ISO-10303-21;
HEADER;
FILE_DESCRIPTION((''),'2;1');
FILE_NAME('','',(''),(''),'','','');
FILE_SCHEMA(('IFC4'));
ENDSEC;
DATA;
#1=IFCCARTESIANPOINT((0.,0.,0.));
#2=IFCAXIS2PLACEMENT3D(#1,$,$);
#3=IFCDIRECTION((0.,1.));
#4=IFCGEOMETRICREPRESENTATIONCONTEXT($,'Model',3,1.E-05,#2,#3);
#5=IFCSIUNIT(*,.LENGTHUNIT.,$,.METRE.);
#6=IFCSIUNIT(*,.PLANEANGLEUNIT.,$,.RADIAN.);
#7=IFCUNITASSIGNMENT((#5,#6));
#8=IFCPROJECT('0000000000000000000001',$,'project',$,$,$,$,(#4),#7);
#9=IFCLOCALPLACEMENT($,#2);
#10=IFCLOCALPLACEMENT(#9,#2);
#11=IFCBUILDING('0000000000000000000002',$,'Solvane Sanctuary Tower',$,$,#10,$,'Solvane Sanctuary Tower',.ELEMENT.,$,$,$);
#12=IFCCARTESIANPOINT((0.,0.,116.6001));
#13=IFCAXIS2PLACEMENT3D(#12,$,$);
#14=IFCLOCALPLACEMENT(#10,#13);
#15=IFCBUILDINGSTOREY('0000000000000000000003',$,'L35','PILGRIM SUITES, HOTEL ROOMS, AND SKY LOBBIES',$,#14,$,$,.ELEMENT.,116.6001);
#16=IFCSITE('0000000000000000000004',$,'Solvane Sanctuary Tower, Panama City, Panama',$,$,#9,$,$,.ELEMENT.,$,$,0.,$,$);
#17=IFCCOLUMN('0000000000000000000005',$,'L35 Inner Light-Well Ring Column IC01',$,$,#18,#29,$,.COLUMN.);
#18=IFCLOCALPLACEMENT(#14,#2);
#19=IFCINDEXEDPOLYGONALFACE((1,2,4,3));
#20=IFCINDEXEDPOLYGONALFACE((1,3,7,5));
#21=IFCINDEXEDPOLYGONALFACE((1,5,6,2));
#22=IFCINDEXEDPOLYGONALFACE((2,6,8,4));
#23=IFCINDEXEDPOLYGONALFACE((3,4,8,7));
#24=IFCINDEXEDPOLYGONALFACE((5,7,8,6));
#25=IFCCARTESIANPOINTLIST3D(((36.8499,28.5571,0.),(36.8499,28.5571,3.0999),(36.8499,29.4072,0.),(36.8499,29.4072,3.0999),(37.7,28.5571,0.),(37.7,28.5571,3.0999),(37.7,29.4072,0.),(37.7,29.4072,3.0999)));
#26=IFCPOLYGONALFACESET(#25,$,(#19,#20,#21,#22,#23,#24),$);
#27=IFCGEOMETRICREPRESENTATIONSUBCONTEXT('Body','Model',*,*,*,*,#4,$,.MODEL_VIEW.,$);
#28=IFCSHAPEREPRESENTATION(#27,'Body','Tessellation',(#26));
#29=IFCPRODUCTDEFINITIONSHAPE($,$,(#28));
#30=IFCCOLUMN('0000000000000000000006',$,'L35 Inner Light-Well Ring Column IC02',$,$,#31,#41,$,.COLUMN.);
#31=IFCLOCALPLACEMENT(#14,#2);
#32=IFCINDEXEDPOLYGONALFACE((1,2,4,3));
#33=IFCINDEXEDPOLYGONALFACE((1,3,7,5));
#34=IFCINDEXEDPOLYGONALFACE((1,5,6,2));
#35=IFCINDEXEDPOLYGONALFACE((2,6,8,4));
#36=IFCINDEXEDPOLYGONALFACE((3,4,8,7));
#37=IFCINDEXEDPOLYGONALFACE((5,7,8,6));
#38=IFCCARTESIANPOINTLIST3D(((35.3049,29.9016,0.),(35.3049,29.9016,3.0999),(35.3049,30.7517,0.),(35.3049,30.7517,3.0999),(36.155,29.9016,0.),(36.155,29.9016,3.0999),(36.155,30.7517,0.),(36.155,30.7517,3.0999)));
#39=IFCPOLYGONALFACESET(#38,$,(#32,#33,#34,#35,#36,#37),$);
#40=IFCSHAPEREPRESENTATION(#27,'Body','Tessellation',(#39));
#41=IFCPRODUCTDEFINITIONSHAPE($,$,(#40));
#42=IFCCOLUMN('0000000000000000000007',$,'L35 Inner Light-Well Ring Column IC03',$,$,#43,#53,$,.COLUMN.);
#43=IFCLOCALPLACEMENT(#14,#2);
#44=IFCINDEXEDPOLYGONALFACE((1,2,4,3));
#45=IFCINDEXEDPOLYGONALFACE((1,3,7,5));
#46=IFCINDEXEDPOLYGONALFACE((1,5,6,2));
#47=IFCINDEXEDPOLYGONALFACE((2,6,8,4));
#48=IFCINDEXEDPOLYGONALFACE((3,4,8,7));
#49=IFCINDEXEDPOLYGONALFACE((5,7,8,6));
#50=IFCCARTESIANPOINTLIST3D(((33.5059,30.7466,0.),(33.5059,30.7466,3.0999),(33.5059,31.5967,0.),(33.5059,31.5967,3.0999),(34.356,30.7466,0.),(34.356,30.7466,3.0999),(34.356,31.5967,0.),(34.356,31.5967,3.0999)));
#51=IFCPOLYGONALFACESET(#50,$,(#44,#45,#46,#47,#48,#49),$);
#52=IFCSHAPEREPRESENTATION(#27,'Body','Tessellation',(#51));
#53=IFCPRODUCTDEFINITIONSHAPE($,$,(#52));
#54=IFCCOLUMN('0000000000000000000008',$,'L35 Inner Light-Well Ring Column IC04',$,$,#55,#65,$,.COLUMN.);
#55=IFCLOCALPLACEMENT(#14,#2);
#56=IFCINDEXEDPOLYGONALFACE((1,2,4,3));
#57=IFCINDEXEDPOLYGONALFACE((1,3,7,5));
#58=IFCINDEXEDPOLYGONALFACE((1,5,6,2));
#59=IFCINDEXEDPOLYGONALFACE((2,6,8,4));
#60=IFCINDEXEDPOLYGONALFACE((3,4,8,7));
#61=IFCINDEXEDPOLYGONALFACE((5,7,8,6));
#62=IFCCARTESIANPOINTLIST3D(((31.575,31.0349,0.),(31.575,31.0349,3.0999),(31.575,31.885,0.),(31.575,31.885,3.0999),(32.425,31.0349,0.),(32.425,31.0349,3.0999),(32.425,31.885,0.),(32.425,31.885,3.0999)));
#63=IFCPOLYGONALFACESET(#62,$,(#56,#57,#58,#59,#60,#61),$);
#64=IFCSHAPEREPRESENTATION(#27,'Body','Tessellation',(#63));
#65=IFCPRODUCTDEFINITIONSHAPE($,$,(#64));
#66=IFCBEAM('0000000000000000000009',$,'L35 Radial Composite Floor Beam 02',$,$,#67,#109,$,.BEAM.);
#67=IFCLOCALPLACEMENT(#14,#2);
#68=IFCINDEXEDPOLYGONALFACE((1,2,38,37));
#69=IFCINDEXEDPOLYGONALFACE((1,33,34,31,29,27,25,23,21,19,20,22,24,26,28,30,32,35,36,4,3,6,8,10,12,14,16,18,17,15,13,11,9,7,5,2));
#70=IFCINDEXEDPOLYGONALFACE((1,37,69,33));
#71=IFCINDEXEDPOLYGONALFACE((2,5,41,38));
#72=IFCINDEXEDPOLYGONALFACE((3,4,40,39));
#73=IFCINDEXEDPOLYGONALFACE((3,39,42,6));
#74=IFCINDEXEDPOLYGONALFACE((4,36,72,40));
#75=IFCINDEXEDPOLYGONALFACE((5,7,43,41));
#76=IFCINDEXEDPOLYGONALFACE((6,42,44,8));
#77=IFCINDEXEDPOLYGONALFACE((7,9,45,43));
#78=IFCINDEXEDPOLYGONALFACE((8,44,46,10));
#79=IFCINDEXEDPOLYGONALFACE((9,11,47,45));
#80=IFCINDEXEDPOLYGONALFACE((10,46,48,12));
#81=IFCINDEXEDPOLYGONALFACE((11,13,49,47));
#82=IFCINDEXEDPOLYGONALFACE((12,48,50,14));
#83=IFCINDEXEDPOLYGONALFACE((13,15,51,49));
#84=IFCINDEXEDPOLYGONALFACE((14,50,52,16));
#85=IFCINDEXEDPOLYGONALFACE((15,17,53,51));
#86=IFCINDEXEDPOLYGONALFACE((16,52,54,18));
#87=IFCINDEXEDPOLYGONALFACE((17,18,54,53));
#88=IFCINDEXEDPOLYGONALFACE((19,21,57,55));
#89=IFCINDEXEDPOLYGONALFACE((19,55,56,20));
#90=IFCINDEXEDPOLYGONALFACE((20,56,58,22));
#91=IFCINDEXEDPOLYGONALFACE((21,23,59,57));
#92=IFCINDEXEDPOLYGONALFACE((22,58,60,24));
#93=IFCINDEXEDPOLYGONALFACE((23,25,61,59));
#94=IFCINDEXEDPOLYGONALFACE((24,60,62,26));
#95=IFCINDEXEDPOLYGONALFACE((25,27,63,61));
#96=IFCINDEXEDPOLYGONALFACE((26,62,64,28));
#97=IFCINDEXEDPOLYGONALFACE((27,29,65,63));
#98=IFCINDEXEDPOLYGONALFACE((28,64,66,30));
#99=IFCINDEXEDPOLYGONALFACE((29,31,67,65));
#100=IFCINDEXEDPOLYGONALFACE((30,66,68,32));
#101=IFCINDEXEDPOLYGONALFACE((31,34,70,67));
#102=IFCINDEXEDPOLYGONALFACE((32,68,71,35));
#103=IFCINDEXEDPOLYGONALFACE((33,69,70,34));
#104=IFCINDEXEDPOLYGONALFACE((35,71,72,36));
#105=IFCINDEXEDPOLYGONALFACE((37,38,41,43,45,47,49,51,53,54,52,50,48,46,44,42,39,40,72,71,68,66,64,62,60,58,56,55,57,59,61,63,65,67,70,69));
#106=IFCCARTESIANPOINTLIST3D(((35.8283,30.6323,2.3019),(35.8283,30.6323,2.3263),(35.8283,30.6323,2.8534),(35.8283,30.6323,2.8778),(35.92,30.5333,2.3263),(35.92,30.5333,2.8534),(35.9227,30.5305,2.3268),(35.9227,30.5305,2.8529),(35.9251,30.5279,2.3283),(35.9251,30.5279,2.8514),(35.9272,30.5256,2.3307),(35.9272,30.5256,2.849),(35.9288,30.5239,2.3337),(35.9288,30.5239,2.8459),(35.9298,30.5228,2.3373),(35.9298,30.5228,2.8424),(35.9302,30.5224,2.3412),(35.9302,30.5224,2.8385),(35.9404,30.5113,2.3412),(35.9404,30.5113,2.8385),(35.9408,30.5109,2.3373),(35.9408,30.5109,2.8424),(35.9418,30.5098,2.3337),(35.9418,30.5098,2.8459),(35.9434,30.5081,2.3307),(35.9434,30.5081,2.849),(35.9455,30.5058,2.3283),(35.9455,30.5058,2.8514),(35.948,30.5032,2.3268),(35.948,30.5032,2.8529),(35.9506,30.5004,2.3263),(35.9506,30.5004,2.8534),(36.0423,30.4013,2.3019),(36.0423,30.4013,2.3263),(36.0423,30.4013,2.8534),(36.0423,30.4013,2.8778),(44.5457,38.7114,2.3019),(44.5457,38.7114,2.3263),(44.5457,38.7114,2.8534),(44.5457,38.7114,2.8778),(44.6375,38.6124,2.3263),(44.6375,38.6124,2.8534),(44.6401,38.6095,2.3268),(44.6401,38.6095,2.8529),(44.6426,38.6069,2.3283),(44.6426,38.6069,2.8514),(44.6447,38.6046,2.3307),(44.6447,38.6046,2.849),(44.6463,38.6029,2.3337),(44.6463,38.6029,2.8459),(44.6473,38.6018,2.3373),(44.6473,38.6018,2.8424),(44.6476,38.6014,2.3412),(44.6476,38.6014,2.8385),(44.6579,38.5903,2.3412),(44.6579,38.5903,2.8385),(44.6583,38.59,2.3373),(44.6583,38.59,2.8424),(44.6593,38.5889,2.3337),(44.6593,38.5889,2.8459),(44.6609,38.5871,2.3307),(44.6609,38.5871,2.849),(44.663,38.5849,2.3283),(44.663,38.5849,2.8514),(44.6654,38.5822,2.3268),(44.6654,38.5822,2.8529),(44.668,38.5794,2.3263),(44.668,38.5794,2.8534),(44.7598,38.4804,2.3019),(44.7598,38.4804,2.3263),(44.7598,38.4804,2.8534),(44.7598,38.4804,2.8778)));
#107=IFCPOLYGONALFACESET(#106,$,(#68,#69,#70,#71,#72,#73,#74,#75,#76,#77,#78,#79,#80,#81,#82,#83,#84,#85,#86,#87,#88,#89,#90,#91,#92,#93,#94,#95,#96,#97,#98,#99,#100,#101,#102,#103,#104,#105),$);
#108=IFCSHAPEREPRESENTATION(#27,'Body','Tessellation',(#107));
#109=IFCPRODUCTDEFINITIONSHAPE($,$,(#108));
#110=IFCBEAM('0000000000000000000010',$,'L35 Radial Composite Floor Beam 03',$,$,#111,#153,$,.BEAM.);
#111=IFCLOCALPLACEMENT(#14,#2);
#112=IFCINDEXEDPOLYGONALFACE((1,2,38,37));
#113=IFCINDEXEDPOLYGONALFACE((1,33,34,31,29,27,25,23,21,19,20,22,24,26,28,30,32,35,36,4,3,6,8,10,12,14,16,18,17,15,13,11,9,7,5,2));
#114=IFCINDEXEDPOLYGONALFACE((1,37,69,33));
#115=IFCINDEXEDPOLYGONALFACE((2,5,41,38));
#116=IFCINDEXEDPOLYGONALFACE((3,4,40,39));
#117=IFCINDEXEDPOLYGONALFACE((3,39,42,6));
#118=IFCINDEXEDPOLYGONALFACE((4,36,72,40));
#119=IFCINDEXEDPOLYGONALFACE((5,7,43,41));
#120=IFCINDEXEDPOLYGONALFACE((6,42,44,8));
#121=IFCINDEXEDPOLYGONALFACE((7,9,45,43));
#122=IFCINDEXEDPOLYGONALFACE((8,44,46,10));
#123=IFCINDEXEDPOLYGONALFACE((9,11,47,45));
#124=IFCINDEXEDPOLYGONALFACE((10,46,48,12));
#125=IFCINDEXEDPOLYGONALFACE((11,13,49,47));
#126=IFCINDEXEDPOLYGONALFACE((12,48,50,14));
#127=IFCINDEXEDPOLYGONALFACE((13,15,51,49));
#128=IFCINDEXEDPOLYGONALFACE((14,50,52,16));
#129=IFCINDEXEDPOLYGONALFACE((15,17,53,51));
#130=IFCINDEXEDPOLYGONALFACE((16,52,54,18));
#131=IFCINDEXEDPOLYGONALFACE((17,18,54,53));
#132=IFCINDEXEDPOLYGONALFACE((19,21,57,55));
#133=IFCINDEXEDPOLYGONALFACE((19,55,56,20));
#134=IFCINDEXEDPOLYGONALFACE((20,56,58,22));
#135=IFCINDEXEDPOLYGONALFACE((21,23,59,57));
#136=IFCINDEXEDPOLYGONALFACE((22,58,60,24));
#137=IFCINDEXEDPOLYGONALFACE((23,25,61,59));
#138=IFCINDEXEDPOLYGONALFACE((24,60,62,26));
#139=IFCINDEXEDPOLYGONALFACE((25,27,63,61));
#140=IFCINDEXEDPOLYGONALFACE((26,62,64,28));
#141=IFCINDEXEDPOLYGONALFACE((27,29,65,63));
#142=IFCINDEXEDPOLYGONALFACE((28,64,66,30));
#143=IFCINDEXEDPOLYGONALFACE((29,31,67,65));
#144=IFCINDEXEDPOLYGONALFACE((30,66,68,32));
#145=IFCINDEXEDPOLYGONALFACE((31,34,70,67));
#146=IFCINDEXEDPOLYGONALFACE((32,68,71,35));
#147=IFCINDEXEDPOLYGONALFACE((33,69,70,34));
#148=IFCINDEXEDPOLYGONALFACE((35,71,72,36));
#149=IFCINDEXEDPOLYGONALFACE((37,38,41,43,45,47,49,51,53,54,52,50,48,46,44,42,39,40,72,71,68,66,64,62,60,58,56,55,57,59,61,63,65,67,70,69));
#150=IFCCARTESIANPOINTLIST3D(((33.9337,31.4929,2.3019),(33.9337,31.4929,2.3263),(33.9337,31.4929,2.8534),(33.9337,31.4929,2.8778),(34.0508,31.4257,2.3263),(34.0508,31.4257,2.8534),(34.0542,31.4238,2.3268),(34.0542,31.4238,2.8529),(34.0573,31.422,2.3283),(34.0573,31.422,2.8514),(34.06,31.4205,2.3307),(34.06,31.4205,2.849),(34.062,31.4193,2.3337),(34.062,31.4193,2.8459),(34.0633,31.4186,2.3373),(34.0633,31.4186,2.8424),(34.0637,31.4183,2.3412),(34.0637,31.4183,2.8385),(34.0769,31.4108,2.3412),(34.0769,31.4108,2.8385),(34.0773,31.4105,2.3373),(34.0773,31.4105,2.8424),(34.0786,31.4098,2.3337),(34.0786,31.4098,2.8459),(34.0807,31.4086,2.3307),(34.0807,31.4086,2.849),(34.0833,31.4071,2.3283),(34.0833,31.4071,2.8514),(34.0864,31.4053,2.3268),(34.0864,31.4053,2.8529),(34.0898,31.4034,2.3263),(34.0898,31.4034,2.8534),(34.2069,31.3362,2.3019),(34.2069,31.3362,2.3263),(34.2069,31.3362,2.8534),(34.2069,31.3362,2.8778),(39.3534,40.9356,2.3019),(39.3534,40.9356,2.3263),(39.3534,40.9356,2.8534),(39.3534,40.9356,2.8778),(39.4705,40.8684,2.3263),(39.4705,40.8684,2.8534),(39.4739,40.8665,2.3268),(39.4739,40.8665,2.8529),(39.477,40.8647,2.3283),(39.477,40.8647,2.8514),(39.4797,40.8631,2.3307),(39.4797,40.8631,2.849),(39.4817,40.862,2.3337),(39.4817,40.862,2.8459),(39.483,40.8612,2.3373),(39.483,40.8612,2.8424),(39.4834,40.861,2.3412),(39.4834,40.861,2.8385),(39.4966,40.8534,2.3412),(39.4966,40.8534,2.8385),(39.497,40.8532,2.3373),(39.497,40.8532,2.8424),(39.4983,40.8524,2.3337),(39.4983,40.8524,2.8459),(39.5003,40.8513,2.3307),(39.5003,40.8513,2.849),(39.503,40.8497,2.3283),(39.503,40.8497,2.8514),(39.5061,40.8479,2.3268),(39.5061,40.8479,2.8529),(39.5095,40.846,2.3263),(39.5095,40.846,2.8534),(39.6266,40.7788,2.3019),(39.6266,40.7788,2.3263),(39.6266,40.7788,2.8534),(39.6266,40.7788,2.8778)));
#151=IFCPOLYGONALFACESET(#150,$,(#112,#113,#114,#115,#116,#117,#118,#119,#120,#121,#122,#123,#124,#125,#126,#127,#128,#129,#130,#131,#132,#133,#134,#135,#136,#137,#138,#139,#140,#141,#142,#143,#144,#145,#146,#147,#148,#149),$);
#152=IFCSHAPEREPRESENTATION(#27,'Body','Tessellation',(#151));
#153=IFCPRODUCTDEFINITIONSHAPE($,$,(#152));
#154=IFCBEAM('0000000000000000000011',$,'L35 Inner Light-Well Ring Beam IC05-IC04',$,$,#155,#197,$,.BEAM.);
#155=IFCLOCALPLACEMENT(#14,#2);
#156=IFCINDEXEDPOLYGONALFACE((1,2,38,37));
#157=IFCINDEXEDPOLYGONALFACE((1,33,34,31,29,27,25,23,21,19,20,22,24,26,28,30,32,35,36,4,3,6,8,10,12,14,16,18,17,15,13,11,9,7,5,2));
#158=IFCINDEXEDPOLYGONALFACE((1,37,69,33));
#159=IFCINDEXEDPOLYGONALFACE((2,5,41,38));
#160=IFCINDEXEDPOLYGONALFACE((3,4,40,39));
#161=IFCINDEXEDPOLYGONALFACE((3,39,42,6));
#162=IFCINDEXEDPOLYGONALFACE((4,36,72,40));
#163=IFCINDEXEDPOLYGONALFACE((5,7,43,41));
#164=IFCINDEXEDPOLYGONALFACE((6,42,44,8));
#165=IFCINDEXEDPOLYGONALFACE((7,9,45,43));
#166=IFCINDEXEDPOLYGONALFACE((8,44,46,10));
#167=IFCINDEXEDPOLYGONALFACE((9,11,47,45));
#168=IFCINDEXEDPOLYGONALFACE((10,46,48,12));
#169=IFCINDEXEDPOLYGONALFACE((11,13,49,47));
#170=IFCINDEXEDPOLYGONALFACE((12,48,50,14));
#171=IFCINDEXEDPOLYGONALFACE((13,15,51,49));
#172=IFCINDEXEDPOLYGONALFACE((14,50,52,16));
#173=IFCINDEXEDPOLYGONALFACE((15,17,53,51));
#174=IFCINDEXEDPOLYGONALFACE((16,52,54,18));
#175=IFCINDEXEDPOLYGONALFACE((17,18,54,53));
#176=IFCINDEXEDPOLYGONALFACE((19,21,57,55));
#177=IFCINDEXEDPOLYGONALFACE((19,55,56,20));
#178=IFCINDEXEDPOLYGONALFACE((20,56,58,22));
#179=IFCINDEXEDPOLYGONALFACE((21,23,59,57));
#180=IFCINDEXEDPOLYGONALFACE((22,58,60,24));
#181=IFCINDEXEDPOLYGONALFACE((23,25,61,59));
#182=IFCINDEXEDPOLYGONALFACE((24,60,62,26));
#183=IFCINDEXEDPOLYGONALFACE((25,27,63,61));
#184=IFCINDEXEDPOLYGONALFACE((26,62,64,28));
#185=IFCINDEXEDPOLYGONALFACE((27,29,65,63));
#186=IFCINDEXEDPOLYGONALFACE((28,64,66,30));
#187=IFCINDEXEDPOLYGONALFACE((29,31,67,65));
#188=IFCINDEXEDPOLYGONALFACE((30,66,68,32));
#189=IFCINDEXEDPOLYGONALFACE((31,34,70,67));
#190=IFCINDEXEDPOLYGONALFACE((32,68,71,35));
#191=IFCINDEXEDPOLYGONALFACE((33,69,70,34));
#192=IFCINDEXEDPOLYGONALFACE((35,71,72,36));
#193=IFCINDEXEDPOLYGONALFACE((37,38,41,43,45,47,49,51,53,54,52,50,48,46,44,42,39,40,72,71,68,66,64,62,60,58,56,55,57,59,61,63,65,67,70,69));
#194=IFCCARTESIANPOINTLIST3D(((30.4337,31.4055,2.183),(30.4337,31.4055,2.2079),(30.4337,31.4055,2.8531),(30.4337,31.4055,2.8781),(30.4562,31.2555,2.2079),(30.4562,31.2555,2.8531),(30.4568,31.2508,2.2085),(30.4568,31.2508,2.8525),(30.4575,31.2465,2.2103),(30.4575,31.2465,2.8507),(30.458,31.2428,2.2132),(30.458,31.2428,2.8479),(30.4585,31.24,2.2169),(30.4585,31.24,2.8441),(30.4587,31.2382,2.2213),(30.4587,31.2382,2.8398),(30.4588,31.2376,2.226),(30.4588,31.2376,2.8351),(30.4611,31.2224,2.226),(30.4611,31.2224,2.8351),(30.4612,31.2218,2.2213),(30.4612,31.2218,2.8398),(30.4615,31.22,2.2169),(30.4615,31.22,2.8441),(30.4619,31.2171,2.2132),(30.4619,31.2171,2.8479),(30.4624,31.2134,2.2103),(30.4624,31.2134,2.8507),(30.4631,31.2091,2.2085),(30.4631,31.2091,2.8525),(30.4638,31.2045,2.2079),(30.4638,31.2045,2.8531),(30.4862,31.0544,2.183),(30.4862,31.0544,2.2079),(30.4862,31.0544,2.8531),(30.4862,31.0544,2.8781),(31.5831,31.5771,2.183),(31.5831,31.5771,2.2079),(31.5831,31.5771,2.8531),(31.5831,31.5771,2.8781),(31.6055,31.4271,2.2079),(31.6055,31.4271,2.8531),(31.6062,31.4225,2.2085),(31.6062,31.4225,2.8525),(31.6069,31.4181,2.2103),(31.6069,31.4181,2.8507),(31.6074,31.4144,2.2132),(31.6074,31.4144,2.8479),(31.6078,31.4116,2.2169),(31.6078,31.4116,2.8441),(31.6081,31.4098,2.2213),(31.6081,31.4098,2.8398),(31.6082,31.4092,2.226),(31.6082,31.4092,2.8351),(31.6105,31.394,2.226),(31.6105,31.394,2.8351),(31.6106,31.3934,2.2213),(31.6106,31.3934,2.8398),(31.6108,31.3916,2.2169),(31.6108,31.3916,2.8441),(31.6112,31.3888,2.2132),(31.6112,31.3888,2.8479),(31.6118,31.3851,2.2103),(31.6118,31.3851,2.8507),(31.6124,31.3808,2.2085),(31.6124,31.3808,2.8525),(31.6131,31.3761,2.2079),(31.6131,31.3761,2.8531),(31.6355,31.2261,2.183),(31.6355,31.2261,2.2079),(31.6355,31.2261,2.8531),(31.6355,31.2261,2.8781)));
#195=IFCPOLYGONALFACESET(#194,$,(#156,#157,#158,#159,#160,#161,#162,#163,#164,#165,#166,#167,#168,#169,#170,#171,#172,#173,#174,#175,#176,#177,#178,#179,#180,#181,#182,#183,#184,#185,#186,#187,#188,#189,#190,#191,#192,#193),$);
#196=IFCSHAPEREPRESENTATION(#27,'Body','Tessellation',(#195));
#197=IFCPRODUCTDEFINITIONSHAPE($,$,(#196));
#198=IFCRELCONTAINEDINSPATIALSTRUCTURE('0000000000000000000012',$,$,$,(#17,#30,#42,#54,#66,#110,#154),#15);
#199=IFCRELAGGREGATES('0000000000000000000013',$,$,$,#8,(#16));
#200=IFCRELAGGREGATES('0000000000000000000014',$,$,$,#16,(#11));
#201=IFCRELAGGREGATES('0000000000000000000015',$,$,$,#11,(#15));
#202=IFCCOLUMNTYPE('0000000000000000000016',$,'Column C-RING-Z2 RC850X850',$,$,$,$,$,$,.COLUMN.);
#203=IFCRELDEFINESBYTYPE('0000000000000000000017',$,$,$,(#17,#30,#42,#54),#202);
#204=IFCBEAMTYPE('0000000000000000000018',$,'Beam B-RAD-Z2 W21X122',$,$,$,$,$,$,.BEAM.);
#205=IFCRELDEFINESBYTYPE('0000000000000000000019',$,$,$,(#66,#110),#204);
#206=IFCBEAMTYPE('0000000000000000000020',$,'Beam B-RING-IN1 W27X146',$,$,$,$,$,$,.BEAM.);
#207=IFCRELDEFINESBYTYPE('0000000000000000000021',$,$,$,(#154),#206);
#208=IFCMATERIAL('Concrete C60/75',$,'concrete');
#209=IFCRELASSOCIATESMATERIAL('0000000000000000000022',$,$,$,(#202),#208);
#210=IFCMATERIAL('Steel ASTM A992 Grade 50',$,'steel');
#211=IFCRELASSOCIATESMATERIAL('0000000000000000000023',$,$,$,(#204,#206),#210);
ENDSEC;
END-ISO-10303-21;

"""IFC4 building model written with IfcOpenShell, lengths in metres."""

from ifc_helpers import new_model, si_unit, direction, frame, origin, origin_2d, place, context, subcontext, project, spatial, rectangle, i_section, extrude, material, material_profile, profile_set, type_object, element, save


model = new_model("IFC4")

# Units and contexts
model_context = context("Model", 3, precision=1e-05, world=origin(), true_north=direction((0.0, 1.0)))
body_context = subcontext(model_context, "Body", "Model", "MODEL_VIEW")
ifc_project = project(units=[si_unit("LENGTHUNIT", "METRE"), si_unit("PLANEANGLEUNIT", "RADIAN")], contexts=[model_context])

# Site, building, storey
site_placement = place(None, origin())
site = spatial("IfcSite", under=ifc_project, at=site_placement, Name="Solvane Sanctuary Tower, Panama City, Panama", CompositionType="ELEMENT", RefElevation=0.0)
building_placement = place(site_placement, origin())
building = spatial("IfcBuilding", under=site, at=building_placement, Name="Solvane Sanctuary Tower", LongName="Solvane Sanctuary Tower", CompositionType="ELEMENT")
storey_placement = place(building_placement, frame((0.0, 0.0, 116.6001)))
storey = spatial("IfcBuildingStorey", under=building, at=storey_placement, Name="L35", Description="PILGRIM SUITES, HOTEL ROOMS, AND SKY LOBBIES", CompositionType="ELEMENT", Elevation=116.6001)

# Columns
ifc_material_1 = material(Name="Concrete C60/75", Category="concrete")
ifc_material_profile_1 = material_profile(ifc_material_1, rectangle(XDim=0.8501, YDim=0.8501, at=origin_2d()), Name="RC850X850")
ifc_profile_set_1 = profile_set([ifc_material_profile_1], Name="Concrete C60/75")
column_type = type_object("IfcColumnType", Name="Column C-RING-Z2 RC850X850", PredefinedType="COLUMN", material=ifc_profile_set_1)
for number, where, z_axis, x_axis, name in (
    (1, (37.2749, 28.9822, 0.0), (0.0, 0.0, 1.0), (1.0, 0.0, 0.0), "L35 Inner Light-Well Ring Column IC01"),
    (2, (35.73, 30.3267, 0.0), (0.0, 0.0, 1.0), (1.0, 0.0, 0.0), "L35 Inner Light-Well Ring Column IC02"),
    (3, (33.9309, 31.1716, 0.0), (0.0, 0.0, 1.0), (1.0, 0.0, 0.0), "L35 Inner Light-Well Ring Column IC03"),
    (4, (32.0, 31.46, 0.0), (0.0, 0.0, 1.0), (1.0, 0.0, 0.0), "L35 Inner Light-Well Ring Column IC04"),
):
    element("IfcColumn", number, at=place(storey_placement, frame(where, z_axis=z_axis, x_axis=x_axis)), inside=storey, type_object=column_type, Name=name, PredefinedType="COLUMN", context=body_context, shape_type="SweptSolid", body=[
        extrude(rectangle(XDim=0.8501, YDim=0.8501, at=origin_2d()), origin(), (0.0, 0.0, 1.0), 3.0999),
    ])

# Beams
ifc_material_2 = material(Name="Steel ASTM A992 Grade 50", Category="steel")
ifc_material_profile_2 = material_profile(ifc_material_2, i_section(OverallWidth=0.3149, OverallDepth=0.5759, WebThickness=0.0151, FlangeThickness=0.0244, FilletRadius=0.0149, at=origin_2d()), Name="W21X122")
ifc_profile_set_2 = profile_set([ifc_material_profile_2], Name="Steel ASTM A992 Grade 50")
beam_type_1 = type_object("IfcBeamType", Name="Beam B-RAD-Z2 W21X122", PredefinedType="BEAM", material=ifc_profile_set_2)
beam_1_placement = place(storey_placement, frame((35.9353, 30.5168, 2.5898), z_axis=(0.733454, 0.679739, 0.0), x_axis=(-0.679739, 0.733454, 0.0)))
element("IfcBeam", 5, at=beam_1_placement, inside=storey, type_object=beam_type_1, Name="L35 Radial Composite Floor Beam 02", PredefinedType="BEAM", context=body_context, shape_type="SweptSolid", body=[
    extrude(i_section(OverallWidth=0.3149, OverallDepth=0.5759, WebThickness=0.0151, FlangeThickness=0.0244, FilletRadius=0.0149, at=origin_2d()), origin(), (0.0, 0.0, 1.0), 11.8855),
])
beam_2_placement = place(storey_placement, frame((34.0703, 31.4146, 2.5898), z_axis=(0.497792, 0.867296, 0.0), x_axis=(-0.867296, 0.497792, 0.0)))
element("IfcBeam", 6, at=beam_2_placement, inside=storey, type_object=beam_type_1, Name="L35 Radial Composite Floor Beam 03", PredefinedType="BEAM", context=body_context, shape_type="SweptSolid", body=[
    extrude(i_section(OverallWidth=0.3149, OverallDepth=0.5759, WebThickness=0.0151, FlangeThickness=0.0244, FilletRadius=0.0149, at=origin_2d()), origin(), (0.0, 0.0, 1.0), 10.8875),
])
ifc_material_profile_3 = material_profile(ifc_material_2, i_section(OverallWidth=0.355, OverallDepth=0.6951, WebThickness=0.0154, FlangeThickness=0.0249, FilletRadius=0.0181, at=origin_2d()), Name="W27X146")
ifc_profile_set_3 = profile_set([ifc_material_profile_3], Name="Steel ASTM A992 Grade 50")
beam_type_2 = type_object("IfcBeamType", Name="Beam B-RING-IN1 W27X146", PredefinedType="BEAM", material=ifc_profile_set_3)
for number, where, z_axis, x_axis, name in (
    (7, (30.46, 31.23, 2.5305), (0.989035, 0.147683, 0.0), (-0.147683, 0.989035, 0.0), "L35 Inner Light-Well Ring Beam IC05-IC04"),
):
    element("IfcBeam", number, at=place(storey_placement, frame(where, z_axis=z_axis, x_axis=x_axis)), inside=storey, type_object=beam_type_2, Name=name, PredefinedType="BEAM", context=body_context, shape_type="SweptSolid", body=[
        extrude(i_section(OverallWidth=0.355, OverallDepth=0.6951, WebThickness=0.0154, FlangeThickness=0.0249, FilletRadius=0.0181, at=origin_2d()), origin(), (0.0, 0.0, 1.0), 1.1621),
    ])

save(model, "model.ifc")
